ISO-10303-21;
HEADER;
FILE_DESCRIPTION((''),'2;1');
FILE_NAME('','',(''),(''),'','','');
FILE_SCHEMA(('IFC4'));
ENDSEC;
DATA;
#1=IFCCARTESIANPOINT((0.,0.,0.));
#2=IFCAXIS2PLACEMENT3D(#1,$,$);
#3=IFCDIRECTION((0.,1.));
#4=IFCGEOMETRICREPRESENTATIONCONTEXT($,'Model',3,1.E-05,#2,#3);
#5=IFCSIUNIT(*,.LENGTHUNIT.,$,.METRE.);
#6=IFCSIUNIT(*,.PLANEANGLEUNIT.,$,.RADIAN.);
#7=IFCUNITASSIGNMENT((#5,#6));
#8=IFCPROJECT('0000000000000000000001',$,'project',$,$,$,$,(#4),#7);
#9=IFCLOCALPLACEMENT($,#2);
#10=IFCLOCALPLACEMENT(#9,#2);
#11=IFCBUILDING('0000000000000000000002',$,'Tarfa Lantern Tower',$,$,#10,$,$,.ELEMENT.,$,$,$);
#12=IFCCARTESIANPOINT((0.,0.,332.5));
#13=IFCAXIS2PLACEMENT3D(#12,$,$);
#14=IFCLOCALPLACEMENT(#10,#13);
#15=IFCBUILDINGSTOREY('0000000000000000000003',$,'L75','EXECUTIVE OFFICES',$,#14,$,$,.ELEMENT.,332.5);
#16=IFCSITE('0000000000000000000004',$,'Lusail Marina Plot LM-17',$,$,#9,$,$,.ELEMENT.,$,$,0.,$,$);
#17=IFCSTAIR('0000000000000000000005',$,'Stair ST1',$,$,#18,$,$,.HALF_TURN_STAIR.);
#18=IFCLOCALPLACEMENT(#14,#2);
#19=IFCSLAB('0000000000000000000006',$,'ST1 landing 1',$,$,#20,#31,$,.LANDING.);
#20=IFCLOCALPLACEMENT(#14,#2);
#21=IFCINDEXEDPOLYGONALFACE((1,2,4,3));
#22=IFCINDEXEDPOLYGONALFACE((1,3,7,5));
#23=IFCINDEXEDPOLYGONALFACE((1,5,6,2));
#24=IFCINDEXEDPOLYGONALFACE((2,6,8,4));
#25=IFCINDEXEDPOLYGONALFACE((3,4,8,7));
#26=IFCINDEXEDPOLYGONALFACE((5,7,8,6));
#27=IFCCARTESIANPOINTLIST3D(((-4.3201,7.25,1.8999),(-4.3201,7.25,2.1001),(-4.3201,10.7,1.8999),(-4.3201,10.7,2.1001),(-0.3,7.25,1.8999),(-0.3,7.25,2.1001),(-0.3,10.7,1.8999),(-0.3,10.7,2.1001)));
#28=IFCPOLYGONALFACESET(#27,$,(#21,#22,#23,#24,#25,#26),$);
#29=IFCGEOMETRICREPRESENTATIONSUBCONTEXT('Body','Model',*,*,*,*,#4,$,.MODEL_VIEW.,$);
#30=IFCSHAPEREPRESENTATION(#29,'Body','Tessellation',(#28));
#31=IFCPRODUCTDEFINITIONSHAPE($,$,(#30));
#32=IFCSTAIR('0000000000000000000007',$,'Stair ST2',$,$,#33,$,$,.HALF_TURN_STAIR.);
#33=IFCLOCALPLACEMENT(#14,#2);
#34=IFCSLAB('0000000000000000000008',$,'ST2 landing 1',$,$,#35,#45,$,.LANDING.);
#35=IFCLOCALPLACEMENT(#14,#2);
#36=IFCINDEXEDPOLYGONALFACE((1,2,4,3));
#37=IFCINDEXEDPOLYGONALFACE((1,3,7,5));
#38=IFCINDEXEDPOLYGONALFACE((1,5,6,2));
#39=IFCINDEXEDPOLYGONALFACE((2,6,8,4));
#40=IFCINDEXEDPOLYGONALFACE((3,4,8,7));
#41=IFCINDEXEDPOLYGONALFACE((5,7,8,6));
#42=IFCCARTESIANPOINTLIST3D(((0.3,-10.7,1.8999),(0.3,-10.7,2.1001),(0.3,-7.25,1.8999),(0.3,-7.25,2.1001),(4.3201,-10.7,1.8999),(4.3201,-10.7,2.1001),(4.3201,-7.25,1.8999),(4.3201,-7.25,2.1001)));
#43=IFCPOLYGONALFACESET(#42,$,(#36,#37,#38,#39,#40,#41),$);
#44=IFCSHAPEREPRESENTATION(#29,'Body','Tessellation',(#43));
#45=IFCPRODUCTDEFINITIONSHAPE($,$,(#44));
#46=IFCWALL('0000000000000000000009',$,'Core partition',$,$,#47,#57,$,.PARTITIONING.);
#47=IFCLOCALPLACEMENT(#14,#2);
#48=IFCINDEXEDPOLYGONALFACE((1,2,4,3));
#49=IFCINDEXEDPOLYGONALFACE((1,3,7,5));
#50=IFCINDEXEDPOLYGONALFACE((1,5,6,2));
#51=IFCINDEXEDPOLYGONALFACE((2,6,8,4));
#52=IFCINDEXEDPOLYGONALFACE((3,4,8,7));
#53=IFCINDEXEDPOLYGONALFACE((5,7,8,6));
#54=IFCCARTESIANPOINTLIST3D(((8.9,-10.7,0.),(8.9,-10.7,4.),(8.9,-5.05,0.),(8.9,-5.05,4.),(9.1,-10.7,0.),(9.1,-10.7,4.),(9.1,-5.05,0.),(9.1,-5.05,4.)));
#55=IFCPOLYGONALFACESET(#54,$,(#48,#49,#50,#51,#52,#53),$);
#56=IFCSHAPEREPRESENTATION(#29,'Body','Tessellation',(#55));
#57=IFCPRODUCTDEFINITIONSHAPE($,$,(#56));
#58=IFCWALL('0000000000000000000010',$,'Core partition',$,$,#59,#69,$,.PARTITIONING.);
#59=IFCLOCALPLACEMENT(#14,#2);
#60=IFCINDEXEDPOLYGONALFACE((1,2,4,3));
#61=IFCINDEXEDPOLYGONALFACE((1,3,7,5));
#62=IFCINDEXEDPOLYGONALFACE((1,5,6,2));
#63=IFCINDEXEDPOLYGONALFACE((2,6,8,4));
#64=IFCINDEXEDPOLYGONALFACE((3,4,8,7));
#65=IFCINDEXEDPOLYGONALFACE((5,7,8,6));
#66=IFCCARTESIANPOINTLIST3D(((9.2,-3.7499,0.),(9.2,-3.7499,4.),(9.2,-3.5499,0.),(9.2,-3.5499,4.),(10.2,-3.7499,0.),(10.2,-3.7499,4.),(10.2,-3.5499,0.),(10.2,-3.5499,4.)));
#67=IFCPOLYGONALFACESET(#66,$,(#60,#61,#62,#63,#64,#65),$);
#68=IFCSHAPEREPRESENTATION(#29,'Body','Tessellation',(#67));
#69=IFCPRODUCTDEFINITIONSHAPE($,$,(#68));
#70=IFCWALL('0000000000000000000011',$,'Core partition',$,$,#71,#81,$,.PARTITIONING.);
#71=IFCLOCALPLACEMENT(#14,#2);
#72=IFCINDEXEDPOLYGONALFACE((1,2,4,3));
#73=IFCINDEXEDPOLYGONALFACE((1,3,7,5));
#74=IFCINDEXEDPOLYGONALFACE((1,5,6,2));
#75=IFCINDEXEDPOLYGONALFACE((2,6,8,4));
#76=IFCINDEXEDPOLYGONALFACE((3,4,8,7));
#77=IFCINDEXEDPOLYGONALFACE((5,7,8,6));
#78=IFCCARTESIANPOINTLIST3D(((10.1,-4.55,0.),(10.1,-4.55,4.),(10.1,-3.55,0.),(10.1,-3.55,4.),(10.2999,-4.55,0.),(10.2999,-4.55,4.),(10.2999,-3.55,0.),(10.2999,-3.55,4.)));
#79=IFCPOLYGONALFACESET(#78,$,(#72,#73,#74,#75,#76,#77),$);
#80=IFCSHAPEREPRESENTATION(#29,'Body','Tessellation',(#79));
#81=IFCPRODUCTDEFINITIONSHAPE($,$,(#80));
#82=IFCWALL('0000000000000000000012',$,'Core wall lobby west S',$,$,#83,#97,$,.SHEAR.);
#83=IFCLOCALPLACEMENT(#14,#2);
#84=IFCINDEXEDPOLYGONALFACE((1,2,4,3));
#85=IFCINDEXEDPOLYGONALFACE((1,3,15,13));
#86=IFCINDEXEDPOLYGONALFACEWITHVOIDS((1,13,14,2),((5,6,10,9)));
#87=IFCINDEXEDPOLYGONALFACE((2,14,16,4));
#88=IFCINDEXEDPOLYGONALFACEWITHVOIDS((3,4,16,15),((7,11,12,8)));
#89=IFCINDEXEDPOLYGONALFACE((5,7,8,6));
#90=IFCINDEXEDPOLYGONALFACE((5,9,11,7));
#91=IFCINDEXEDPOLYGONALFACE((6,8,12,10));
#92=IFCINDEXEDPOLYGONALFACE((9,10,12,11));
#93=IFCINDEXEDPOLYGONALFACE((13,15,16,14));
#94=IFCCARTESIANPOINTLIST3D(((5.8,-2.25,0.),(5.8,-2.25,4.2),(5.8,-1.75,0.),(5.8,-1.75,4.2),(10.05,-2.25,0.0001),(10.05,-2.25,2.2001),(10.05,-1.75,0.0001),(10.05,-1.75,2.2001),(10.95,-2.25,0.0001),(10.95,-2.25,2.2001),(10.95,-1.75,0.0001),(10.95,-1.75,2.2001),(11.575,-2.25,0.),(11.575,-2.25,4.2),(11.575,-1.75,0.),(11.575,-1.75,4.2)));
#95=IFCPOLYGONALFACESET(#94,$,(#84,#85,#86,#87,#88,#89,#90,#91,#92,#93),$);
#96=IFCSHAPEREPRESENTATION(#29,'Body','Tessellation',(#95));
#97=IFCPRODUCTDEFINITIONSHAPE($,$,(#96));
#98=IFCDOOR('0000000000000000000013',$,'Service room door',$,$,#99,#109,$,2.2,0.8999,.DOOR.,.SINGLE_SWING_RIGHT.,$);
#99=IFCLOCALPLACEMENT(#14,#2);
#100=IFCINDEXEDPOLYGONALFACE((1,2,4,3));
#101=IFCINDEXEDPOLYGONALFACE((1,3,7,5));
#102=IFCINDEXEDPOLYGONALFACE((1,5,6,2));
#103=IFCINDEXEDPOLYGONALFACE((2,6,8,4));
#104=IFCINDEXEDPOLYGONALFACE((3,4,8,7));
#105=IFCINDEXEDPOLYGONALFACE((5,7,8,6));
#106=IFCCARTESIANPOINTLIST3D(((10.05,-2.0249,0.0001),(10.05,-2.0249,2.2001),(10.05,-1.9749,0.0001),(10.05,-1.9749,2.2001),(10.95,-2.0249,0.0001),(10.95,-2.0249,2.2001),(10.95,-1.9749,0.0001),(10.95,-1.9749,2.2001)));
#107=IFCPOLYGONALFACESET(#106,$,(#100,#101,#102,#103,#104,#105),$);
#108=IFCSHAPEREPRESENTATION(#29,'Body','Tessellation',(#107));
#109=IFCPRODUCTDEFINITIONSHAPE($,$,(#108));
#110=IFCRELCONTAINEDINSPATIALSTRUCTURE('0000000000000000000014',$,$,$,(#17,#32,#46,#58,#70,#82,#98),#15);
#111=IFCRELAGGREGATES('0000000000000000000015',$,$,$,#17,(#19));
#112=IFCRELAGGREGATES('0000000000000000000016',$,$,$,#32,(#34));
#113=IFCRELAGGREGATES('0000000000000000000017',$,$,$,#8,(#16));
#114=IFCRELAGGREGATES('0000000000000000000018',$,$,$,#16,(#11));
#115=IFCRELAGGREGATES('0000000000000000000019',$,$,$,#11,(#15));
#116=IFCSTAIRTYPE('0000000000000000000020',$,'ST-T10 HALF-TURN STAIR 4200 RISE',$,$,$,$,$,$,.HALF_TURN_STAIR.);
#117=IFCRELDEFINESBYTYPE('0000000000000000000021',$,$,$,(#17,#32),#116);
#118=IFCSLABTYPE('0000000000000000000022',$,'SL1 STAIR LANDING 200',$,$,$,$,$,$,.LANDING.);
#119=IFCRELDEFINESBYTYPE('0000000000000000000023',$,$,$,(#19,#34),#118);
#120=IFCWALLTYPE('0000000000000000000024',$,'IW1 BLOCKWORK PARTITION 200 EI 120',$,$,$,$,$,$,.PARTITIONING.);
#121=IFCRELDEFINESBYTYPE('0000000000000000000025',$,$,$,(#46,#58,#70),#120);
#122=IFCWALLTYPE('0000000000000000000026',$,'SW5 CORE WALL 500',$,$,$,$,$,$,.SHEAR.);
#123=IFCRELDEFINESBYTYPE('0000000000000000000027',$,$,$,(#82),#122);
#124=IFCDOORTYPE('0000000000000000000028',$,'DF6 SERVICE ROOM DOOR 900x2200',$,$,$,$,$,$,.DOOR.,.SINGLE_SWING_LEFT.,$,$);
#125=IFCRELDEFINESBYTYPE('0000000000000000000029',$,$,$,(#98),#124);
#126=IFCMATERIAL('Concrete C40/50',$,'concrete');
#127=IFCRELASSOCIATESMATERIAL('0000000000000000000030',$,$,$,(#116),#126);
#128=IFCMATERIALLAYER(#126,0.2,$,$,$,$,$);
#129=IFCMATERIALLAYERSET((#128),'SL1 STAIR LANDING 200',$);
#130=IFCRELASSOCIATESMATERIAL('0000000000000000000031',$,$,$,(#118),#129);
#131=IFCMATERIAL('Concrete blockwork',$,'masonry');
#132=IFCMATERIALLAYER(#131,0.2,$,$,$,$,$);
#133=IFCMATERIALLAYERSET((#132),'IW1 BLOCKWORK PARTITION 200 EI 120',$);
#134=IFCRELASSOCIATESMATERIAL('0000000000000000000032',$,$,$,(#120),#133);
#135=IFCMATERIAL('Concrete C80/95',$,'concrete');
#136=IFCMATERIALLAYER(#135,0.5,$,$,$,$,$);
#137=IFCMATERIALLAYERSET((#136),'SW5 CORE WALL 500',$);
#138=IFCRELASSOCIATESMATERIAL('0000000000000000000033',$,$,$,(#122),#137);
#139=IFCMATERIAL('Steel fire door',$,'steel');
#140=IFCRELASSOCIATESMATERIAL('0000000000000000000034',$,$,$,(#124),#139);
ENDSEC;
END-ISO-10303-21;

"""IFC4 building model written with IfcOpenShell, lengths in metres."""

from ifc_helpers import new_model, si_unit, direction, frame, frame_2d, origin, place, context, subcontext, project, spatial, polyline, rectangle, outline, extrude, material, layer, layer_set, type_object, element, fill, aggregate, save


model = new_model("IFC4")

# Units and contexts
model_context = context("Model", 3, precision=1e-05, world=origin(), true_north=direction((0.0, 1.0)))
body_context = subcontext(model_context, "Body", "Model", "MODEL_VIEW")
ifc_project = project(units=[si_unit("LENGTHUNIT", "METRE"), si_unit("PLANEANGLEUNIT", "RADIAN")], contexts=[model_context])

# Site, building, storey
site_placement = place(None, origin())
site = spatial("IfcSite", under=ifc_project, at=site_placement, Name="Lusail Marina Plot LM-17", CompositionType="ELEMENT", RefElevation=0.0)
building_placement = place(site_placement, origin())
building = spatial("IfcBuilding", under=site, at=building_placement, Name="Tarfa Lantern Tower", CompositionType="ELEMENT")
storey_placement = place(building_placement, frame((0.0, 0.0, 332.5)))
storey = spatial("IfcBuildingStorey", under=building, at=storey_placement, Name="L75", Description="EXECUTIVE OFFICES", CompositionType="ELEMENT", Elevation=332.5)

# Stairs, slabs
ifc_material_1 = material(Name="Concrete C40/50", Category="concrete")
stair_type = type_object("IfcStairType", Name="ST-T10 HALF-TURN STAIR 4200 RISE", PredefinedType="HALF_TURN_STAIR", material=ifc_material_1)
stair_1_placement = place(storey_placement, origin())
stair_1 = element("IfcStair", 1, at=stair_1_placement, inside=storey, type_object=stair_type, Name="Stair ST1", PredefinedType="HALF_TURN_STAIR")
ifc_layer_1 = layer(ifc_material_1, 0.2)
ifc_layer_set_1 = layer_set([ifc_layer_1], Name="SL1 STAIR LANDING 200")
slab_type = type_object("IfcSlabType", Name="SL1 STAIR LANDING 200", PredefinedType="LANDING", material=ifc_layer_set_1)
slab_1_placement = place(storey_placement, frame((0.0, 0.0, 1.8999)))
slab_1 = element("IfcSlab", 2, at=slab_1_placement, type_object=slab_type, Name="ST1 landing 1", PredefinedType="LANDING", context=body_context, shape_type="SweptSolid", body=[
    extrude(outline(polyline([(-4.3201, 7.25), (-0.3, 7.25), (-0.3, 10.7), (-4.3201, 10.7), (-4.3201, 7.25)])), origin(), (0.0, 0.0, 1.0), 0.2002),
])
aggregate(stair_1, [slab_1])
stair_2_placement = place(storey_placement, origin())
stair_2 = element("IfcStair", 3, at=stair_2_placement, inside=storey, type_object=stair_type, Name="Stair ST2", PredefinedType="HALF_TURN_STAIR")
slab_2_placement = place(storey_placement, frame((0.0, 0.0, 1.8999)))
slab_2 = element("IfcSlab", 4, at=slab_2_placement, type_object=slab_type, Name="ST2 landing 1", PredefinedType="LANDING", context=body_context, shape_type="SweptSolid", body=[
    extrude(outline(polyline([(4.3201, -7.25), (0.3, -7.25), (0.3, -10.7), (4.3201, -10.7), (4.3201, -7.25)])), origin(), (0.0, 0.0, 1.0), 0.2002),
])
aggregate(stair_2, [slab_2])

# Walls
ifc_material_2 = material(Name="Concrete blockwork", Category="masonry")
ifc_layer_2 = layer(ifc_material_2, 0.2)
ifc_layer_set_2 = layer_set([ifc_layer_2], Name="IW1 BLOCKWORK PARTITION 200 EI 120")
wall_type_1 = type_object("IfcWallType", Name="IW1 BLOCKWORK PARTITION 200 EI 120", PredefinedType="PARTITIONING", material=ifc_layer_set_2)
wall_1_placement = place(storey_placement, frame((9.0, -5.05, 0.0), z_axis=(0.0, 0.0, 1.0), x_axis=(0.0, -1.0, 0.0)))
element("IfcWall", 5, at=wall_1_placement, inside=storey, type_object=wall_type_1, Name="Core partition", PredefinedType="PARTITIONING", context=body_context, shape_type="SweptSolid", body=[
    extrude(rectangle(XDim=5.6499, YDim=0.2, at=frame_2d((2.825, 0.0))), origin(), (0.0, 0.0, 1.0), 4.0),
])
for number, where, z_axis, x_axis, name in (
    (6, (10.2, -3.6499, 0.0), (0.0, 0.0, 1.0), (-1.0, 0.0, 0.0), "Core partition"),
    (7, (10.2, -3.55, 0.0), (0.0, 0.0, 1.0), (0.0, -1.0, 0.0), "Core partition"),
):
    element("IfcWall", number, at=place(storey_placement, frame(where, z_axis=z_axis, x_axis=x_axis)), inside=storey, type_object=wall_type_1, Name=name, PredefinedType="PARTITIONING", context=body_context, shape_type="SweptSolid", body=[
        extrude(rectangle(XDim=1.0, YDim=0.2, at=frame_2d((0.5, 0.0))), origin(), (0.0, 0.0, 1.0), 4.0),
    ])

# Wall, opening, door
ifc_material_3 = material(Name="Concrete C80/95", Category="concrete")
ifc_layer_3 = layer(ifc_material_3, 0.5)
ifc_layer_set_3 = layer_set([ifc_layer_3], Name="SW5 CORE WALL 500")
wall_type_2 = type_object("IfcWallType", Name="SW5 CORE WALL 500", PredefinedType="SHEAR", material=ifc_layer_set_3)
wall_2_placement = place(storey_placement, frame((11.575, -2.0, 0.0), z_axis=(0.0, 0.0, 1.0), x_axis=(-1.0, 0.0, 0.0)))
wall_2 = element("IfcWall", 8, at=wall_2_placement, inside=storey, type_object=wall_type_2, Name="Core wall lobby west S", PredefinedType="SHEAR", context=body_context, shape_type="SweptSolid", body=[
    extrude(rectangle(XDim=5.7749, YDim=0.5, at=frame_2d((2.8875, 0.0))), origin(), (0.0, 0.0, 1.0), 4.2),
])
opening_1_placement = place(wall_2_placement, frame((0.625, 0.0, 0.0)))
opening_1 = element("IfcOpeningElement", 9, at=opening_1_placement, cuts=wall_2, PredefinedType="OPENING", context=body_context, shape_type="SweptSolid", body=[
    extrude(rectangle(XDim=0.8999, YDim=2.2, at=frame_2d((0.45, 1.1001))), frame((0.0, 0.26, 0.0), z_axis=(0.0, -1.0, 0.0), x_axis=(1.0, 0.0, 0.0)), (0.0, 0.0, 1.0), 0.52),
])
ifc_material_4 = material(Name="Steel fire door", Category="steel")
door_type_1 = type_object("IfcDoorType", Name="DF6 SERVICE ROOM DOOR 900x2200", OperationType="SINGLE_SWING_LEFT", PredefinedType="DOOR", material=ifc_material_4)
door_1_placement = place(opening_1_placement, origin())
door_1 = element("IfcDoor", 10, at=door_1_placement, inside=storey, type_object=door_type_1, Name="Service room door", OperationType="SINGLE_SWING_RIGHT", OverallHeight=2.2, OverallWidth=0.8999, PredefinedType="DOOR", context=body_context, shape_type="SweptSolid", body=[
    extrude(rectangle(XDim=0.8999, YDim=2.2, at=frame_2d((0.45, 1.1001))), frame((0.0, 0.0249, 0.0), z_axis=(0.0, -1.0, 0.0), x_axis=(1.0, 0.0, 0.0)), (0.0, 0.0, 1.0), 0.05),
])
fill(opening_1, door_1)

save(model, "model.ifc")
